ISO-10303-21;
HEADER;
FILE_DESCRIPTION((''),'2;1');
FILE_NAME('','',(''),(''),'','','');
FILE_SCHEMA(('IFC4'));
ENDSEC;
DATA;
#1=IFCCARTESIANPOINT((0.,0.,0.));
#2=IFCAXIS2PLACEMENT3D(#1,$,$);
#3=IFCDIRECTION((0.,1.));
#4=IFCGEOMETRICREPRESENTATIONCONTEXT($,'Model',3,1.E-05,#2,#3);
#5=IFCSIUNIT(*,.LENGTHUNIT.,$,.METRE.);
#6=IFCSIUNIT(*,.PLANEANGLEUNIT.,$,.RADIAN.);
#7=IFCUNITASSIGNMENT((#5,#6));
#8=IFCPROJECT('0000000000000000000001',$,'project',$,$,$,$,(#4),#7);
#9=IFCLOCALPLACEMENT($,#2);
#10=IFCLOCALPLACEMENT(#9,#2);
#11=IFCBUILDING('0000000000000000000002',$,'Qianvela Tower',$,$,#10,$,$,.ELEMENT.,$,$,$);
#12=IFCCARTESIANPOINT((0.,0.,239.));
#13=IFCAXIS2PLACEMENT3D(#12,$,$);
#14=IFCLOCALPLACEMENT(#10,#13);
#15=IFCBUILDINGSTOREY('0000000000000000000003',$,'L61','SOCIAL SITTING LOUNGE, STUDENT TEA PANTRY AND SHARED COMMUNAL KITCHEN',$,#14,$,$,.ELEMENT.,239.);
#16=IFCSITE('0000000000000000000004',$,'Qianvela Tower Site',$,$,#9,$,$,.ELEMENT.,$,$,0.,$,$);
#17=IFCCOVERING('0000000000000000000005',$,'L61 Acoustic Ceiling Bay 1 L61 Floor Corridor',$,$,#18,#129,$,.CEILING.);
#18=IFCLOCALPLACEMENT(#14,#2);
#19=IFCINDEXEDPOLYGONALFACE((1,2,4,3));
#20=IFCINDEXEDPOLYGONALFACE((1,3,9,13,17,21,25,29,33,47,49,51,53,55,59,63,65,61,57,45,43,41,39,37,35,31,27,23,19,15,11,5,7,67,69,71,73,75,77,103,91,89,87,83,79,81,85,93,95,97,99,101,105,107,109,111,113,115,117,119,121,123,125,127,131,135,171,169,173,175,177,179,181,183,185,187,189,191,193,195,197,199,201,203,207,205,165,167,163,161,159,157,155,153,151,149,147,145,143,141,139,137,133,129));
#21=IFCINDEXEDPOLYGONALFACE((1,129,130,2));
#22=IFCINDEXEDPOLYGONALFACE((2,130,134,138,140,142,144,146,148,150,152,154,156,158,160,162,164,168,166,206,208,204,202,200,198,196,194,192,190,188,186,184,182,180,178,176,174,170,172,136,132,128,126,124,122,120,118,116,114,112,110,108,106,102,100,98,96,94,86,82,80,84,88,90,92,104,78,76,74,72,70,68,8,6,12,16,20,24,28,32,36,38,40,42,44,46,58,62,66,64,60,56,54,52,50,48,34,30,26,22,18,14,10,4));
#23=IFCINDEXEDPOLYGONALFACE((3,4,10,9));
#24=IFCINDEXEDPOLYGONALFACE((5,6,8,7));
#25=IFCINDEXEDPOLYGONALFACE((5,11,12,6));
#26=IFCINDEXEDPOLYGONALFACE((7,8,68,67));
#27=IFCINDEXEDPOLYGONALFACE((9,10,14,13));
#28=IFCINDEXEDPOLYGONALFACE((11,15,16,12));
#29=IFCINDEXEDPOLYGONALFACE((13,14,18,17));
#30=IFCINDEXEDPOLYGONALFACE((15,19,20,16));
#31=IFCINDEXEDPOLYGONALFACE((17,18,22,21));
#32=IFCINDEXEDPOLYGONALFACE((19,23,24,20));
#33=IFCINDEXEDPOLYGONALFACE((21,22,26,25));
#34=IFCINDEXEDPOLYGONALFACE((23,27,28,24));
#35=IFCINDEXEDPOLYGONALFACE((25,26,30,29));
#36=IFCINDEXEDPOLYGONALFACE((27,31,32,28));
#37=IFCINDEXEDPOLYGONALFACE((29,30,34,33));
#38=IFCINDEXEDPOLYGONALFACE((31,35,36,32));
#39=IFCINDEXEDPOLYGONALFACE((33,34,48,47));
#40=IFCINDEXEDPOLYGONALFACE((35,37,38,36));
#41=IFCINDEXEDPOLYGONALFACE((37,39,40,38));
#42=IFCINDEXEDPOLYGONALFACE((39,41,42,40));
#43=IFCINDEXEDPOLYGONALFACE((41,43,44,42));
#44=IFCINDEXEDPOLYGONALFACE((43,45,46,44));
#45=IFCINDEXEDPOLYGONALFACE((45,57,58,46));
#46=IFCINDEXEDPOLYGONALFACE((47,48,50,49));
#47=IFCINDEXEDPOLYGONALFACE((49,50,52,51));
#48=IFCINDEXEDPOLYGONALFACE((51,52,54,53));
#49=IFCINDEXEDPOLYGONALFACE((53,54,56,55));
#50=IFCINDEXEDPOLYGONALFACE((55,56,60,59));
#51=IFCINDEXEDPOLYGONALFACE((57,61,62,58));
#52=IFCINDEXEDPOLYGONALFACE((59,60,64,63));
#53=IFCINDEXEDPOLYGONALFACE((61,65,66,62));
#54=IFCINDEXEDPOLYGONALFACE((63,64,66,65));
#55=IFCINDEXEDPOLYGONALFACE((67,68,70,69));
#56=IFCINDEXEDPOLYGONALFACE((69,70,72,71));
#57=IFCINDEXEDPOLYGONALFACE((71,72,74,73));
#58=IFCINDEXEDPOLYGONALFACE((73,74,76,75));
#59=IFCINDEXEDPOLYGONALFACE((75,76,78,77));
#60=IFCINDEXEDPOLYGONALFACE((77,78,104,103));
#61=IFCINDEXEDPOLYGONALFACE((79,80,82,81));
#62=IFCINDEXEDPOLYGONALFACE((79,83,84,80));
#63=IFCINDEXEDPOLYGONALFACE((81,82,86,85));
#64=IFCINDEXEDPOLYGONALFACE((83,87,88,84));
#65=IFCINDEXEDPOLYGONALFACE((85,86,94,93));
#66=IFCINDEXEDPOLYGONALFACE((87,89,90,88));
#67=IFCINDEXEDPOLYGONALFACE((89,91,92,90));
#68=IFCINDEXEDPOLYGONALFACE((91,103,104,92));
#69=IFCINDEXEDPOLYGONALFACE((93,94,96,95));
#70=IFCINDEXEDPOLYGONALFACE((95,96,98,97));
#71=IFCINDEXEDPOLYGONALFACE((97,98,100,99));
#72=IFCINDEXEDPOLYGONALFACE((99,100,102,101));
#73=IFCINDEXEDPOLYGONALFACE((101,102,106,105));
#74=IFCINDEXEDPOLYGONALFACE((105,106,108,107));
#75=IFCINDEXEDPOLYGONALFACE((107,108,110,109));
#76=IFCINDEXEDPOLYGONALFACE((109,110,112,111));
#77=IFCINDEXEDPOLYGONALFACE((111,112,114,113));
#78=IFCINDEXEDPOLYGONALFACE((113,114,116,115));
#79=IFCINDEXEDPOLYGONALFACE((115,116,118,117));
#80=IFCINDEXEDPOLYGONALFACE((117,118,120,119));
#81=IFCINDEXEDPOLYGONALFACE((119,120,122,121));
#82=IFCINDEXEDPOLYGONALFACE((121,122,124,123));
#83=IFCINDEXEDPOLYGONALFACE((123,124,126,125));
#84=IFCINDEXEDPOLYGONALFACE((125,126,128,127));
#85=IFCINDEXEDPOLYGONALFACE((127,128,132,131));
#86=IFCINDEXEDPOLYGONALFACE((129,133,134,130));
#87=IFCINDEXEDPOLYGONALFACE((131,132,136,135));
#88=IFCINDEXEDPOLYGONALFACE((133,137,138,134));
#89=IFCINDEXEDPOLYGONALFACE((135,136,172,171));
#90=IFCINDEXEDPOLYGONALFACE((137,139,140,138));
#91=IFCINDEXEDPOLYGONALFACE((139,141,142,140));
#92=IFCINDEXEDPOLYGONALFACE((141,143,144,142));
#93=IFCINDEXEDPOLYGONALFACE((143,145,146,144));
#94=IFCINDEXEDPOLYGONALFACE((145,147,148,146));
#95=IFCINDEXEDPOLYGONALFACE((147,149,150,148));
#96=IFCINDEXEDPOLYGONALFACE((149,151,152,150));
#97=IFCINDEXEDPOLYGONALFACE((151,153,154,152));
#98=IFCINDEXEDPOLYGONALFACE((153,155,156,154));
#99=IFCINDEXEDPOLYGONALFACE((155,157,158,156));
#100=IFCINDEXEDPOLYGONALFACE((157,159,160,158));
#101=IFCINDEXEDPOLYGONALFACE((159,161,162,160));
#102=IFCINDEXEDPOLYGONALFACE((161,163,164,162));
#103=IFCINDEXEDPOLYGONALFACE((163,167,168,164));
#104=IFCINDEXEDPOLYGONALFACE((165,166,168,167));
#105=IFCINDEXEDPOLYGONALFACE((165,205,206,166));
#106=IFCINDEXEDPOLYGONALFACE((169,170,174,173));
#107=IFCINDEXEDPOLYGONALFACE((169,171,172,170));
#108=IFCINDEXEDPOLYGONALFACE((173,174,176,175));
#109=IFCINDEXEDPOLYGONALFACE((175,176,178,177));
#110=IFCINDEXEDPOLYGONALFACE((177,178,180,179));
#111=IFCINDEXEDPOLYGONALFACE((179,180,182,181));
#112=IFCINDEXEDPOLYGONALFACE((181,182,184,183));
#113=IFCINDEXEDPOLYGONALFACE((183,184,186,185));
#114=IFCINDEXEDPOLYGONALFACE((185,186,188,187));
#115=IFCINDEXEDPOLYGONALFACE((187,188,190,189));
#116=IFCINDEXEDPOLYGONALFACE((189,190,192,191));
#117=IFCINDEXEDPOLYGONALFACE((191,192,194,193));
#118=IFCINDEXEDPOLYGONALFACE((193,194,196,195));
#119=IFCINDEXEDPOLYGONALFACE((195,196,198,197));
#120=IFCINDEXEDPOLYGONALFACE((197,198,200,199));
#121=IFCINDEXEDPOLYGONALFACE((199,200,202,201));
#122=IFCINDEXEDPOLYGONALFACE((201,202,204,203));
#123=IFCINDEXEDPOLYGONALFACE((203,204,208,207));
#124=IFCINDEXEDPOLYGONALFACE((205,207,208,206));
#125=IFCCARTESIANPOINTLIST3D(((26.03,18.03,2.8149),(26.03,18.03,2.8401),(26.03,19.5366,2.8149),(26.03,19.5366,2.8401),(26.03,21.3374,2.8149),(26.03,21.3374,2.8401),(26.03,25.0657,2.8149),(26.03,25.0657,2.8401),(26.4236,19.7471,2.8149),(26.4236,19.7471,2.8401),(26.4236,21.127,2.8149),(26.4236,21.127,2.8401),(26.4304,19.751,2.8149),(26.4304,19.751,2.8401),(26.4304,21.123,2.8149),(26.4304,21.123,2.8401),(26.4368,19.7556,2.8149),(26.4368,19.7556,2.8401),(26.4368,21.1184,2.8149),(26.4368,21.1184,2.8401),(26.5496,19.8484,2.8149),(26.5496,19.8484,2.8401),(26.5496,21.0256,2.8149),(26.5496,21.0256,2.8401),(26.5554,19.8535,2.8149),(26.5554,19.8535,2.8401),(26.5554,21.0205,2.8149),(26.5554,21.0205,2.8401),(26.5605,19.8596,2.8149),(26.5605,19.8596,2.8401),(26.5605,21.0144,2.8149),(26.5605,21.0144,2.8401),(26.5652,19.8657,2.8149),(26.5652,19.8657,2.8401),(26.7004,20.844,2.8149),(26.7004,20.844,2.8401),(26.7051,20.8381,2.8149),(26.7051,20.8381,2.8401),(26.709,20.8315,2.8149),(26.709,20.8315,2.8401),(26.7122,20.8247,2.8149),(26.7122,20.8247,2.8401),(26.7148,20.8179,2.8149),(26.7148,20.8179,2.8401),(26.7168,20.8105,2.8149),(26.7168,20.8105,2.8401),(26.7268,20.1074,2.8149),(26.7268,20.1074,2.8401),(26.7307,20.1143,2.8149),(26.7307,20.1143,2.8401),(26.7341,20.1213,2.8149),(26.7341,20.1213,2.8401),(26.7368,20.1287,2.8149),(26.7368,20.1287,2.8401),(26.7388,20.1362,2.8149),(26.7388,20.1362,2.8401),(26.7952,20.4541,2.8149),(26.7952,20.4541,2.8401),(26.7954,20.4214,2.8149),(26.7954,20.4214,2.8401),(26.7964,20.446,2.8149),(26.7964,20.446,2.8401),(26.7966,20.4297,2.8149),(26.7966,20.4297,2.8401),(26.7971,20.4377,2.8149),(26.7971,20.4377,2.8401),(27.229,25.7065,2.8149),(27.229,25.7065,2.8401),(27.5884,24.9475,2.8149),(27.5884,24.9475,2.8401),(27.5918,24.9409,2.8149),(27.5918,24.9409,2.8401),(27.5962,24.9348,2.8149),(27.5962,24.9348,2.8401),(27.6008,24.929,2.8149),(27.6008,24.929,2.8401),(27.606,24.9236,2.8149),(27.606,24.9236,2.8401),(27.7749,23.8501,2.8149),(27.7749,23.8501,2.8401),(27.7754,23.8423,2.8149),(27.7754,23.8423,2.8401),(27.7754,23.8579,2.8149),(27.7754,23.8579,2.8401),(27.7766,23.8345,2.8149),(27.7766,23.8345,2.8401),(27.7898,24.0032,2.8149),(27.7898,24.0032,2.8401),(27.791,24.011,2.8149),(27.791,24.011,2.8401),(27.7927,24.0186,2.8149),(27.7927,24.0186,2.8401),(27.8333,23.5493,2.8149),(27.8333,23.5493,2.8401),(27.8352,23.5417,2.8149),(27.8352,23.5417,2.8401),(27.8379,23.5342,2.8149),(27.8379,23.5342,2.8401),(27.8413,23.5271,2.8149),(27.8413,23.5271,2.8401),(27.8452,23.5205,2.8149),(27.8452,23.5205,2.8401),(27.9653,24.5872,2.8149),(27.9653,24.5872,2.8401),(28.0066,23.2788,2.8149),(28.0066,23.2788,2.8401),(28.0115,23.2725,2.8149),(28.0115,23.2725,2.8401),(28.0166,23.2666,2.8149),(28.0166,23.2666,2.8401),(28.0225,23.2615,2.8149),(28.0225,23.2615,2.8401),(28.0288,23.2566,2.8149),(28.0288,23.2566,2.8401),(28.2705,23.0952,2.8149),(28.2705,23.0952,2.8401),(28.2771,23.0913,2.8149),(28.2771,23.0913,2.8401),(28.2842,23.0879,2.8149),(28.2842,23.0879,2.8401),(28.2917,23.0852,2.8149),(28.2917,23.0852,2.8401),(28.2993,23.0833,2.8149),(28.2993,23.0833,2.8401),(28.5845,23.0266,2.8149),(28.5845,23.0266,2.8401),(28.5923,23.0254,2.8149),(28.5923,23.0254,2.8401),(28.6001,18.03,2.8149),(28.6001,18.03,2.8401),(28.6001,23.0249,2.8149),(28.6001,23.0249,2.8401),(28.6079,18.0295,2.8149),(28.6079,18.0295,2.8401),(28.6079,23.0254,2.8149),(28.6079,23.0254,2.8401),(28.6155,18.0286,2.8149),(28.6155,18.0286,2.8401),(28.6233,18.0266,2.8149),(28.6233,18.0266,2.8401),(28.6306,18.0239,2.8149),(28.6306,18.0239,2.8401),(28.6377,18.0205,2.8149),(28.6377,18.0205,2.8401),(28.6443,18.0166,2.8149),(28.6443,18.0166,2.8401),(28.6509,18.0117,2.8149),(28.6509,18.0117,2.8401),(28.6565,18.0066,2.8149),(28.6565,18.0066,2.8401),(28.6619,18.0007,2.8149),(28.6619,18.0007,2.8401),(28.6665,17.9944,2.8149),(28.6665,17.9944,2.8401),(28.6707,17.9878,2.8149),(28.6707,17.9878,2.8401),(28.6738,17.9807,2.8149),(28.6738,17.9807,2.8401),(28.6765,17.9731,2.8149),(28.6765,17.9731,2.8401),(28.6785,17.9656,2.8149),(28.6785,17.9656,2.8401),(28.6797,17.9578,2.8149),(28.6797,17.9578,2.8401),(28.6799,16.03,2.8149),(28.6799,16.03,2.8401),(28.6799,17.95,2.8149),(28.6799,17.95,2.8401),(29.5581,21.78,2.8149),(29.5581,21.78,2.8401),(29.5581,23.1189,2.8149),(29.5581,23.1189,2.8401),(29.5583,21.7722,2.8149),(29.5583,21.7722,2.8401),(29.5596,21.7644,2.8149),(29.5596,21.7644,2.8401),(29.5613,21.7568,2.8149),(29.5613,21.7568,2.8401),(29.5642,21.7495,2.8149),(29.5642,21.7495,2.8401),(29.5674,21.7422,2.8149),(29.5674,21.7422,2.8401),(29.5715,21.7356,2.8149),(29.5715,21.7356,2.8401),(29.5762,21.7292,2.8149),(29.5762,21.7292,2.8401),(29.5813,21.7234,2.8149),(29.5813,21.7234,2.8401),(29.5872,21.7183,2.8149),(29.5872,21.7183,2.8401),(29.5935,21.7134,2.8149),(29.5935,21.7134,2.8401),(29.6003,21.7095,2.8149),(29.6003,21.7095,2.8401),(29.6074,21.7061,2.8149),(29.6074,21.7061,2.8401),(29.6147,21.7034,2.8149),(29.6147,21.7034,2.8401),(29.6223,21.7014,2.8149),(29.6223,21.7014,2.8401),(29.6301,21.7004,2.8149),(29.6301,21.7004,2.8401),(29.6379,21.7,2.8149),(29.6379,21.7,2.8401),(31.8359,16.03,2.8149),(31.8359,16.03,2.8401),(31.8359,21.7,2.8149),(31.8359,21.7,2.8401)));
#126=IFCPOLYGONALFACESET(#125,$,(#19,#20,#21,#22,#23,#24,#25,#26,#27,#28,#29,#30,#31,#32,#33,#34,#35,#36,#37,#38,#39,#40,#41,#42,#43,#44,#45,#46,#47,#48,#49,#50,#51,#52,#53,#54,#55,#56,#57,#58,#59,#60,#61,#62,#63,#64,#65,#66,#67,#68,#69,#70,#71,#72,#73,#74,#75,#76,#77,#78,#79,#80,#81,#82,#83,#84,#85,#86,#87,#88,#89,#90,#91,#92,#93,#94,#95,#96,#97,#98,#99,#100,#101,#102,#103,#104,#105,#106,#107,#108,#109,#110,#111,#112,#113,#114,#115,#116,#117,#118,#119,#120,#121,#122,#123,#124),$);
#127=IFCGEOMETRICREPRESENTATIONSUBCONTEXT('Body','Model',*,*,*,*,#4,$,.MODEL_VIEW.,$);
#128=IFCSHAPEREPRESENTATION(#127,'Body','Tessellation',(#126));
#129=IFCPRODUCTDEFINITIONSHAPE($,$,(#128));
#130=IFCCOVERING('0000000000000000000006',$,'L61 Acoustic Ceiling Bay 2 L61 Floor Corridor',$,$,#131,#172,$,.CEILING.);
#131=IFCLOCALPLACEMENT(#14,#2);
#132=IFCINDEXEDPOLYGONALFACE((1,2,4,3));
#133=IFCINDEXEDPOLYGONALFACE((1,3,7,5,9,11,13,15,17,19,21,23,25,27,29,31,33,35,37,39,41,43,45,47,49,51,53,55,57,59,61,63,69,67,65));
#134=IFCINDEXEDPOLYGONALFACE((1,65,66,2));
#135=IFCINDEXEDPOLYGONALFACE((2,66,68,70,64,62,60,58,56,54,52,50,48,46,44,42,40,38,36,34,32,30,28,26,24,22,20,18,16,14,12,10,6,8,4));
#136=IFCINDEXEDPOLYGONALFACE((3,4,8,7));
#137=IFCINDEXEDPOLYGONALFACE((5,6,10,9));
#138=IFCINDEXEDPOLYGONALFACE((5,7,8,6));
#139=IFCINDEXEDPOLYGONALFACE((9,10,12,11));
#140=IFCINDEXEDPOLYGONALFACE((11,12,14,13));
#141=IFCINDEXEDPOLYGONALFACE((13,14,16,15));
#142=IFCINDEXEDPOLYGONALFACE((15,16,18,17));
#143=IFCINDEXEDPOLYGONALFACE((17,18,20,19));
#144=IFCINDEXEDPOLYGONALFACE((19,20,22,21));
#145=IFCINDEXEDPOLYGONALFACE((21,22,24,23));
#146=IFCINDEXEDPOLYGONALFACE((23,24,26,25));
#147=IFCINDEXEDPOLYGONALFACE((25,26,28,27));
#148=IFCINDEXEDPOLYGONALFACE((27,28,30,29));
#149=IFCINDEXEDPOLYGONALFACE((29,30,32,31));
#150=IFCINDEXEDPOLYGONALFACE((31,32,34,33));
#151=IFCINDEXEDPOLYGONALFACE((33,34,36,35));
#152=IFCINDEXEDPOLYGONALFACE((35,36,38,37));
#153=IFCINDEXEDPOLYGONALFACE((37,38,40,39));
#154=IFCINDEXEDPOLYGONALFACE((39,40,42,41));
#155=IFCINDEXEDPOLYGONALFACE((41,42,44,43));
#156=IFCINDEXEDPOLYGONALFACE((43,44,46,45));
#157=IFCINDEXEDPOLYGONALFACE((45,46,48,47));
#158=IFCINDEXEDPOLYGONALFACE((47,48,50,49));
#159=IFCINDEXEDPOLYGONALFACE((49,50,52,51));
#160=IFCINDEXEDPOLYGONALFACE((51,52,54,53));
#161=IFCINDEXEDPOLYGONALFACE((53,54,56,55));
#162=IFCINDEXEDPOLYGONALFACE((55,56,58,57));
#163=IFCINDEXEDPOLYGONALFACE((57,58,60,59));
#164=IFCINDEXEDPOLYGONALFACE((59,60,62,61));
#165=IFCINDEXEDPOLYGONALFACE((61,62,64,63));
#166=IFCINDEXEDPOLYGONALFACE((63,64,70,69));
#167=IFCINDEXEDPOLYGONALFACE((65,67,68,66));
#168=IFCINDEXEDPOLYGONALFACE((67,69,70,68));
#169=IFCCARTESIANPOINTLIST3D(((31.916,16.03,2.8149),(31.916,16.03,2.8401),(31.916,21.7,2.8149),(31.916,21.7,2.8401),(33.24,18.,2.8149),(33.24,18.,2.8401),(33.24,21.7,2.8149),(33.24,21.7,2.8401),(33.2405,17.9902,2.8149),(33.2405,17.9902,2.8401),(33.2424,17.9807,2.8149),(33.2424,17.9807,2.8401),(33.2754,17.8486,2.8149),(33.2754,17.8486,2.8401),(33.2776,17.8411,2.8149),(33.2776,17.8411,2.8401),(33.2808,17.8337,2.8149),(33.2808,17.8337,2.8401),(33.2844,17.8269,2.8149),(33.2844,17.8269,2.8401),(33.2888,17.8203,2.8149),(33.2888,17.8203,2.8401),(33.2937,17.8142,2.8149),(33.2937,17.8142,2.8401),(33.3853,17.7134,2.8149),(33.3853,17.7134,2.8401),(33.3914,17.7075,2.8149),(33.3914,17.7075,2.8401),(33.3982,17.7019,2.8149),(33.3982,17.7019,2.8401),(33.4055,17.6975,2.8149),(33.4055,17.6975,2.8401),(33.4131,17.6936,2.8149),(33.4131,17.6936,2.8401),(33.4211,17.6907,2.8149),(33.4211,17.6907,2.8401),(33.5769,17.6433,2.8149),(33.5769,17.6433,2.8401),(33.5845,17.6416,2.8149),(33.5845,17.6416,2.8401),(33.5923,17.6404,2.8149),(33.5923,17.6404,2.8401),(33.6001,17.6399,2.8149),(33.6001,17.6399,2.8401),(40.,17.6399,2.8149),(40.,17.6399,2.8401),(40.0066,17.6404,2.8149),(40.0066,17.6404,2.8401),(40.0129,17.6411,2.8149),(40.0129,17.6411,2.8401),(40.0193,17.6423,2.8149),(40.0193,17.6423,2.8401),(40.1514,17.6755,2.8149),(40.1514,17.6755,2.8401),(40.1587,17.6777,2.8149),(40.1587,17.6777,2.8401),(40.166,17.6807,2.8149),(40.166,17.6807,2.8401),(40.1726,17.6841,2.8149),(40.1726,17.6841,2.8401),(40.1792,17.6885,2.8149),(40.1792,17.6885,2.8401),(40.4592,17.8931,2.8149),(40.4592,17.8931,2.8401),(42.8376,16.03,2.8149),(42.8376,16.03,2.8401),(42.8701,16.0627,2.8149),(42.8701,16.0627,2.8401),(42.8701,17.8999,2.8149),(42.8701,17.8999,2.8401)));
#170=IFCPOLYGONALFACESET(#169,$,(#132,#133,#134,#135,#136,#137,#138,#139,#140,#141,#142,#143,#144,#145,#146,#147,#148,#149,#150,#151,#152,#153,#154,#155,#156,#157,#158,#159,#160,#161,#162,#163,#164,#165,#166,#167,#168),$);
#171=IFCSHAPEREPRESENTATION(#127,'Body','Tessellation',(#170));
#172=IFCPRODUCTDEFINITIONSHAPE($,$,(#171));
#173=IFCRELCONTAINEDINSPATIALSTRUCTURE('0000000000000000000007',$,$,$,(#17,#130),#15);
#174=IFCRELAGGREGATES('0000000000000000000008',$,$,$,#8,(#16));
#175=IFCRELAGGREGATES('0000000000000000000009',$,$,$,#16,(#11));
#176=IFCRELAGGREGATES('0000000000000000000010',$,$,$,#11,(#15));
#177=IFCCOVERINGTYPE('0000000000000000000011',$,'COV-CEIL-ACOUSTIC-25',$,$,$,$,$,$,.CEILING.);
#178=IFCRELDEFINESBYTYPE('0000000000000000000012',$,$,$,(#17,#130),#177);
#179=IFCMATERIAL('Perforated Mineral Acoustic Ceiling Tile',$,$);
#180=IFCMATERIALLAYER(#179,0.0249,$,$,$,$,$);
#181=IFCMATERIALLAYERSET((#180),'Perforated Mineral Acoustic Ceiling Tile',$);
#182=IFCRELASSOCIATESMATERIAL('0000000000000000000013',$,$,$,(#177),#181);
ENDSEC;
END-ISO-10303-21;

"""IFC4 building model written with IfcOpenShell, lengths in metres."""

from ifc_helpers import new_model, si_unit, direction, frame, origin, place, context, subcontext, project, spatial, polyline, outline, extrude, material, layer, layer_set, type_object, element, save


model = new_model("IFC4")

# Units and contexts
model_context = context("Model", 3, precision=1e-05, world=origin(), true_north=direction((0.0, 1.0)))
body_context = subcontext(model_context, "Body", "Model", "MODEL_VIEW")
ifc_project = project(units=[si_unit("LENGTHUNIT", "METRE"), si_unit("PLANEANGLEUNIT", "RADIAN")], contexts=[model_context])

# Site, building, storey
site_placement = place(None, origin())
site = spatial("IfcSite", under=ifc_project, at=site_placement, Name="Qianvela Tower Site", CompositionType="ELEMENT", RefElevation=0.0)
building_placement = place(site_placement, origin())
building = spatial("IfcBuilding", under=site, at=building_placement, Name="Qianvela Tower", CompositionType="ELEMENT")
storey_placement = place(building_placement, frame((0.0, 0.0, 239.0)))
storey = spatial("IfcBuildingStorey", under=building, at=storey_placement, Name="L61", Description="SOCIAL SITTING LOUNGE, STUDENT TEA PANTRY AND SHARED COMMUNAL KITCHEN", CompositionType="ELEMENT", Elevation=239.0)

# Coverings
ifc_material_1 = material(Name="Perforated Mineral Acoustic Ceiling Tile")
ifc_layer_1 = layer(ifc_material_1, 0.0249)
ifc_layer_set_1 = layer_set([ifc_layer_1], Name="Perforated Mineral Acoustic Ceiling Tile")
covering_type_1 = type_object("IfcCoveringType", Name="COV-CEIL-ACOUSTIC-25", PredefinedType="CEILING", material=ifc_layer_set_1)
covering_1_placement = place(storey_placement, frame((0.0, 0.0, 2.8149)))
element("IfcCovering", 1, at=covering_1_placement, inside=storey, type_object=covering_type_1, Name="L61 Acoustic Ceiling Bay 1 L61 Floor Corridor", PredefinedType="CEILING", context=body_context, shape_type="SweptSolid", body=[
    extrude(outline(polyline([(27.791, 24.011), (27.7898, 24.0032), (27.7754, 23.8579), (27.7749, 23.8501), (27.7754, 23.8423), (27.7766, 23.8345), (27.8333, 23.5493), (27.8352, 23.5417), (27.8379, 23.5342), (27.8413, 23.5271), (27.8452, 23.5205), (28.0066, 23.2788), (28.0115, 23.2725), (28.0166, 23.2666), (28.0225, 23.2615), (28.0288, 23.2566), (28.2705, 23.0952), (28.2771, 23.0913), (28.2842, 23.0879), (28.2917, 23.0852), (28.2993, 23.0833), (28.5845, 23.0266), (28.5923, 23.0254), (28.6001, 23.0249), (28.6079, 23.0254), (29.5581, 23.1189), (29.5581, 21.78), (29.5583, 21.7722), (29.5596, 21.7644), (29.5613, 21.7568), (29.5642, 21.7495), (29.5674, 21.7422), (29.5715, 21.7356), (29.5762, 21.7292), (29.5813, 21.7234), (29.5872, 21.7183), (29.5935, 21.7134), (29.6003, 21.7095), (29.6074, 21.7061), (29.6147, 21.7034), (29.6223, 21.7014), (29.6301, 21.7004), (29.6379, 21.7), (31.8359, 21.7), (31.8359, 16.03), (28.6799, 16.03), (28.6799, 17.95), (28.6797, 17.9578), (28.6785, 17.9656), (28.6765, 17.9731), (28.6738, 17.9807), (28.6707, 17.9878), (28.6665, 17.9944), (28.6619, 18.0007), (28.6565, 18.0066), (28.6509, 18.0117), (28.6443, 18.0166), (28.6377, 18.0205), (28.6306, 18.0239), (28.6233, 18.0266), (28.6155, 18.0286), (28.6079, 18.0295), (28.6001, 18.03), (26.03, 18.03), (26.03, 19.5366), (26.4236, 19.7471), (26.4304, 19.751), (26.4368, 19.7556), (26.5496, 19.8484), (26.5554, 19.8535), (26.5605, 19.8596), (26.5652, 19.8657), (26.7268, 20.1074), (26.7307, 20.1143), (26.7341, 20.1213), (26.7368, 20.1287), (26.7388, 20.1362), (26.7954, 20.4214), (26.7966, 20.4297), (26.7971, 20.4377), (26.7964, 20.446), (26.7952, 20.4541), (26.7168, 20.8105), (26.7148, 20.8179), (26.7122, 20.8247), (26.709, 20.8315), (26.7051, 20.8381), (26.7004, 20.844), (26.5605, 21.0144), (26.5554, 21.0205), (26.5496, 21.0256), (26.4368, 21.1184), (26.4304, 21.123), (26.4236, 21.127), (26.03, 21.3374), (26.03, 25.0657), (27.229, 25.7065), (27.5884, 24.9475), (27.5918, 24.9409), (27.5962, 24.9348), (27.6008, 24.929), (27.606, 24.9236), (27.9653, 24.5872), (27.7927, 24.0186), (27.791, 24.011)])), origin(), (0.0, 0.0, 1.0), 0.0251),
])
covering_2_placement = place(storey_placement, frame((0.0, 0.0, 2.8149)))
element("IfcCovering", 2, at=covering_2_placement, inside=storey, type_object=covering_type_1, Name="L61 Acoustic Ceiling Bay 2 L61 Floor Corridor", PredefinedType="CEILING", context=body_context, shape_type="SweptSolid", body=[
    extrude(outline(polyline([(33.24, 21.7), (33.24, 18.0), (33.2405, 17.9902), (33.2424, 17.9807), (33.2754, 17.8486), (33.2776, 17.8411), (33.2808, 17.8337), (33.2844, 17.8269), (33.2888, 17.8203), (33.2937, 17.8142), (33.3853, 17.7134), (33.3914, 17.7075), (33.3982, 17.7019), (33.4055, 17.6975), (33.4131, 17.6936), (33.4211, 17.6907), (33.5769, 17.6433), (33.5845, 17.6416), (33.5923, 17.6404), (33.6001, 17.6399), (40.0, 17.6399), (40.0066, 17.6404), (40.0129, 17.6411), (40.0193, 17.6423), (40.1514, 17.6755), (40.1587, 17.6777), (40.166, 17.6807), (40.1726, 17.6841), (40.1792, 17.6885), (40.4592, 17.8931), (42.8701, 17.8999), (42.8701, 16.0627), (42.8376, 16.03), (31.916, 16.03), (31.916, 21.7), (33.24, 21.7)])), origin(), (0.0, 0.0, 1.0), 0.0251),
])

save(model, "model.ifc")
